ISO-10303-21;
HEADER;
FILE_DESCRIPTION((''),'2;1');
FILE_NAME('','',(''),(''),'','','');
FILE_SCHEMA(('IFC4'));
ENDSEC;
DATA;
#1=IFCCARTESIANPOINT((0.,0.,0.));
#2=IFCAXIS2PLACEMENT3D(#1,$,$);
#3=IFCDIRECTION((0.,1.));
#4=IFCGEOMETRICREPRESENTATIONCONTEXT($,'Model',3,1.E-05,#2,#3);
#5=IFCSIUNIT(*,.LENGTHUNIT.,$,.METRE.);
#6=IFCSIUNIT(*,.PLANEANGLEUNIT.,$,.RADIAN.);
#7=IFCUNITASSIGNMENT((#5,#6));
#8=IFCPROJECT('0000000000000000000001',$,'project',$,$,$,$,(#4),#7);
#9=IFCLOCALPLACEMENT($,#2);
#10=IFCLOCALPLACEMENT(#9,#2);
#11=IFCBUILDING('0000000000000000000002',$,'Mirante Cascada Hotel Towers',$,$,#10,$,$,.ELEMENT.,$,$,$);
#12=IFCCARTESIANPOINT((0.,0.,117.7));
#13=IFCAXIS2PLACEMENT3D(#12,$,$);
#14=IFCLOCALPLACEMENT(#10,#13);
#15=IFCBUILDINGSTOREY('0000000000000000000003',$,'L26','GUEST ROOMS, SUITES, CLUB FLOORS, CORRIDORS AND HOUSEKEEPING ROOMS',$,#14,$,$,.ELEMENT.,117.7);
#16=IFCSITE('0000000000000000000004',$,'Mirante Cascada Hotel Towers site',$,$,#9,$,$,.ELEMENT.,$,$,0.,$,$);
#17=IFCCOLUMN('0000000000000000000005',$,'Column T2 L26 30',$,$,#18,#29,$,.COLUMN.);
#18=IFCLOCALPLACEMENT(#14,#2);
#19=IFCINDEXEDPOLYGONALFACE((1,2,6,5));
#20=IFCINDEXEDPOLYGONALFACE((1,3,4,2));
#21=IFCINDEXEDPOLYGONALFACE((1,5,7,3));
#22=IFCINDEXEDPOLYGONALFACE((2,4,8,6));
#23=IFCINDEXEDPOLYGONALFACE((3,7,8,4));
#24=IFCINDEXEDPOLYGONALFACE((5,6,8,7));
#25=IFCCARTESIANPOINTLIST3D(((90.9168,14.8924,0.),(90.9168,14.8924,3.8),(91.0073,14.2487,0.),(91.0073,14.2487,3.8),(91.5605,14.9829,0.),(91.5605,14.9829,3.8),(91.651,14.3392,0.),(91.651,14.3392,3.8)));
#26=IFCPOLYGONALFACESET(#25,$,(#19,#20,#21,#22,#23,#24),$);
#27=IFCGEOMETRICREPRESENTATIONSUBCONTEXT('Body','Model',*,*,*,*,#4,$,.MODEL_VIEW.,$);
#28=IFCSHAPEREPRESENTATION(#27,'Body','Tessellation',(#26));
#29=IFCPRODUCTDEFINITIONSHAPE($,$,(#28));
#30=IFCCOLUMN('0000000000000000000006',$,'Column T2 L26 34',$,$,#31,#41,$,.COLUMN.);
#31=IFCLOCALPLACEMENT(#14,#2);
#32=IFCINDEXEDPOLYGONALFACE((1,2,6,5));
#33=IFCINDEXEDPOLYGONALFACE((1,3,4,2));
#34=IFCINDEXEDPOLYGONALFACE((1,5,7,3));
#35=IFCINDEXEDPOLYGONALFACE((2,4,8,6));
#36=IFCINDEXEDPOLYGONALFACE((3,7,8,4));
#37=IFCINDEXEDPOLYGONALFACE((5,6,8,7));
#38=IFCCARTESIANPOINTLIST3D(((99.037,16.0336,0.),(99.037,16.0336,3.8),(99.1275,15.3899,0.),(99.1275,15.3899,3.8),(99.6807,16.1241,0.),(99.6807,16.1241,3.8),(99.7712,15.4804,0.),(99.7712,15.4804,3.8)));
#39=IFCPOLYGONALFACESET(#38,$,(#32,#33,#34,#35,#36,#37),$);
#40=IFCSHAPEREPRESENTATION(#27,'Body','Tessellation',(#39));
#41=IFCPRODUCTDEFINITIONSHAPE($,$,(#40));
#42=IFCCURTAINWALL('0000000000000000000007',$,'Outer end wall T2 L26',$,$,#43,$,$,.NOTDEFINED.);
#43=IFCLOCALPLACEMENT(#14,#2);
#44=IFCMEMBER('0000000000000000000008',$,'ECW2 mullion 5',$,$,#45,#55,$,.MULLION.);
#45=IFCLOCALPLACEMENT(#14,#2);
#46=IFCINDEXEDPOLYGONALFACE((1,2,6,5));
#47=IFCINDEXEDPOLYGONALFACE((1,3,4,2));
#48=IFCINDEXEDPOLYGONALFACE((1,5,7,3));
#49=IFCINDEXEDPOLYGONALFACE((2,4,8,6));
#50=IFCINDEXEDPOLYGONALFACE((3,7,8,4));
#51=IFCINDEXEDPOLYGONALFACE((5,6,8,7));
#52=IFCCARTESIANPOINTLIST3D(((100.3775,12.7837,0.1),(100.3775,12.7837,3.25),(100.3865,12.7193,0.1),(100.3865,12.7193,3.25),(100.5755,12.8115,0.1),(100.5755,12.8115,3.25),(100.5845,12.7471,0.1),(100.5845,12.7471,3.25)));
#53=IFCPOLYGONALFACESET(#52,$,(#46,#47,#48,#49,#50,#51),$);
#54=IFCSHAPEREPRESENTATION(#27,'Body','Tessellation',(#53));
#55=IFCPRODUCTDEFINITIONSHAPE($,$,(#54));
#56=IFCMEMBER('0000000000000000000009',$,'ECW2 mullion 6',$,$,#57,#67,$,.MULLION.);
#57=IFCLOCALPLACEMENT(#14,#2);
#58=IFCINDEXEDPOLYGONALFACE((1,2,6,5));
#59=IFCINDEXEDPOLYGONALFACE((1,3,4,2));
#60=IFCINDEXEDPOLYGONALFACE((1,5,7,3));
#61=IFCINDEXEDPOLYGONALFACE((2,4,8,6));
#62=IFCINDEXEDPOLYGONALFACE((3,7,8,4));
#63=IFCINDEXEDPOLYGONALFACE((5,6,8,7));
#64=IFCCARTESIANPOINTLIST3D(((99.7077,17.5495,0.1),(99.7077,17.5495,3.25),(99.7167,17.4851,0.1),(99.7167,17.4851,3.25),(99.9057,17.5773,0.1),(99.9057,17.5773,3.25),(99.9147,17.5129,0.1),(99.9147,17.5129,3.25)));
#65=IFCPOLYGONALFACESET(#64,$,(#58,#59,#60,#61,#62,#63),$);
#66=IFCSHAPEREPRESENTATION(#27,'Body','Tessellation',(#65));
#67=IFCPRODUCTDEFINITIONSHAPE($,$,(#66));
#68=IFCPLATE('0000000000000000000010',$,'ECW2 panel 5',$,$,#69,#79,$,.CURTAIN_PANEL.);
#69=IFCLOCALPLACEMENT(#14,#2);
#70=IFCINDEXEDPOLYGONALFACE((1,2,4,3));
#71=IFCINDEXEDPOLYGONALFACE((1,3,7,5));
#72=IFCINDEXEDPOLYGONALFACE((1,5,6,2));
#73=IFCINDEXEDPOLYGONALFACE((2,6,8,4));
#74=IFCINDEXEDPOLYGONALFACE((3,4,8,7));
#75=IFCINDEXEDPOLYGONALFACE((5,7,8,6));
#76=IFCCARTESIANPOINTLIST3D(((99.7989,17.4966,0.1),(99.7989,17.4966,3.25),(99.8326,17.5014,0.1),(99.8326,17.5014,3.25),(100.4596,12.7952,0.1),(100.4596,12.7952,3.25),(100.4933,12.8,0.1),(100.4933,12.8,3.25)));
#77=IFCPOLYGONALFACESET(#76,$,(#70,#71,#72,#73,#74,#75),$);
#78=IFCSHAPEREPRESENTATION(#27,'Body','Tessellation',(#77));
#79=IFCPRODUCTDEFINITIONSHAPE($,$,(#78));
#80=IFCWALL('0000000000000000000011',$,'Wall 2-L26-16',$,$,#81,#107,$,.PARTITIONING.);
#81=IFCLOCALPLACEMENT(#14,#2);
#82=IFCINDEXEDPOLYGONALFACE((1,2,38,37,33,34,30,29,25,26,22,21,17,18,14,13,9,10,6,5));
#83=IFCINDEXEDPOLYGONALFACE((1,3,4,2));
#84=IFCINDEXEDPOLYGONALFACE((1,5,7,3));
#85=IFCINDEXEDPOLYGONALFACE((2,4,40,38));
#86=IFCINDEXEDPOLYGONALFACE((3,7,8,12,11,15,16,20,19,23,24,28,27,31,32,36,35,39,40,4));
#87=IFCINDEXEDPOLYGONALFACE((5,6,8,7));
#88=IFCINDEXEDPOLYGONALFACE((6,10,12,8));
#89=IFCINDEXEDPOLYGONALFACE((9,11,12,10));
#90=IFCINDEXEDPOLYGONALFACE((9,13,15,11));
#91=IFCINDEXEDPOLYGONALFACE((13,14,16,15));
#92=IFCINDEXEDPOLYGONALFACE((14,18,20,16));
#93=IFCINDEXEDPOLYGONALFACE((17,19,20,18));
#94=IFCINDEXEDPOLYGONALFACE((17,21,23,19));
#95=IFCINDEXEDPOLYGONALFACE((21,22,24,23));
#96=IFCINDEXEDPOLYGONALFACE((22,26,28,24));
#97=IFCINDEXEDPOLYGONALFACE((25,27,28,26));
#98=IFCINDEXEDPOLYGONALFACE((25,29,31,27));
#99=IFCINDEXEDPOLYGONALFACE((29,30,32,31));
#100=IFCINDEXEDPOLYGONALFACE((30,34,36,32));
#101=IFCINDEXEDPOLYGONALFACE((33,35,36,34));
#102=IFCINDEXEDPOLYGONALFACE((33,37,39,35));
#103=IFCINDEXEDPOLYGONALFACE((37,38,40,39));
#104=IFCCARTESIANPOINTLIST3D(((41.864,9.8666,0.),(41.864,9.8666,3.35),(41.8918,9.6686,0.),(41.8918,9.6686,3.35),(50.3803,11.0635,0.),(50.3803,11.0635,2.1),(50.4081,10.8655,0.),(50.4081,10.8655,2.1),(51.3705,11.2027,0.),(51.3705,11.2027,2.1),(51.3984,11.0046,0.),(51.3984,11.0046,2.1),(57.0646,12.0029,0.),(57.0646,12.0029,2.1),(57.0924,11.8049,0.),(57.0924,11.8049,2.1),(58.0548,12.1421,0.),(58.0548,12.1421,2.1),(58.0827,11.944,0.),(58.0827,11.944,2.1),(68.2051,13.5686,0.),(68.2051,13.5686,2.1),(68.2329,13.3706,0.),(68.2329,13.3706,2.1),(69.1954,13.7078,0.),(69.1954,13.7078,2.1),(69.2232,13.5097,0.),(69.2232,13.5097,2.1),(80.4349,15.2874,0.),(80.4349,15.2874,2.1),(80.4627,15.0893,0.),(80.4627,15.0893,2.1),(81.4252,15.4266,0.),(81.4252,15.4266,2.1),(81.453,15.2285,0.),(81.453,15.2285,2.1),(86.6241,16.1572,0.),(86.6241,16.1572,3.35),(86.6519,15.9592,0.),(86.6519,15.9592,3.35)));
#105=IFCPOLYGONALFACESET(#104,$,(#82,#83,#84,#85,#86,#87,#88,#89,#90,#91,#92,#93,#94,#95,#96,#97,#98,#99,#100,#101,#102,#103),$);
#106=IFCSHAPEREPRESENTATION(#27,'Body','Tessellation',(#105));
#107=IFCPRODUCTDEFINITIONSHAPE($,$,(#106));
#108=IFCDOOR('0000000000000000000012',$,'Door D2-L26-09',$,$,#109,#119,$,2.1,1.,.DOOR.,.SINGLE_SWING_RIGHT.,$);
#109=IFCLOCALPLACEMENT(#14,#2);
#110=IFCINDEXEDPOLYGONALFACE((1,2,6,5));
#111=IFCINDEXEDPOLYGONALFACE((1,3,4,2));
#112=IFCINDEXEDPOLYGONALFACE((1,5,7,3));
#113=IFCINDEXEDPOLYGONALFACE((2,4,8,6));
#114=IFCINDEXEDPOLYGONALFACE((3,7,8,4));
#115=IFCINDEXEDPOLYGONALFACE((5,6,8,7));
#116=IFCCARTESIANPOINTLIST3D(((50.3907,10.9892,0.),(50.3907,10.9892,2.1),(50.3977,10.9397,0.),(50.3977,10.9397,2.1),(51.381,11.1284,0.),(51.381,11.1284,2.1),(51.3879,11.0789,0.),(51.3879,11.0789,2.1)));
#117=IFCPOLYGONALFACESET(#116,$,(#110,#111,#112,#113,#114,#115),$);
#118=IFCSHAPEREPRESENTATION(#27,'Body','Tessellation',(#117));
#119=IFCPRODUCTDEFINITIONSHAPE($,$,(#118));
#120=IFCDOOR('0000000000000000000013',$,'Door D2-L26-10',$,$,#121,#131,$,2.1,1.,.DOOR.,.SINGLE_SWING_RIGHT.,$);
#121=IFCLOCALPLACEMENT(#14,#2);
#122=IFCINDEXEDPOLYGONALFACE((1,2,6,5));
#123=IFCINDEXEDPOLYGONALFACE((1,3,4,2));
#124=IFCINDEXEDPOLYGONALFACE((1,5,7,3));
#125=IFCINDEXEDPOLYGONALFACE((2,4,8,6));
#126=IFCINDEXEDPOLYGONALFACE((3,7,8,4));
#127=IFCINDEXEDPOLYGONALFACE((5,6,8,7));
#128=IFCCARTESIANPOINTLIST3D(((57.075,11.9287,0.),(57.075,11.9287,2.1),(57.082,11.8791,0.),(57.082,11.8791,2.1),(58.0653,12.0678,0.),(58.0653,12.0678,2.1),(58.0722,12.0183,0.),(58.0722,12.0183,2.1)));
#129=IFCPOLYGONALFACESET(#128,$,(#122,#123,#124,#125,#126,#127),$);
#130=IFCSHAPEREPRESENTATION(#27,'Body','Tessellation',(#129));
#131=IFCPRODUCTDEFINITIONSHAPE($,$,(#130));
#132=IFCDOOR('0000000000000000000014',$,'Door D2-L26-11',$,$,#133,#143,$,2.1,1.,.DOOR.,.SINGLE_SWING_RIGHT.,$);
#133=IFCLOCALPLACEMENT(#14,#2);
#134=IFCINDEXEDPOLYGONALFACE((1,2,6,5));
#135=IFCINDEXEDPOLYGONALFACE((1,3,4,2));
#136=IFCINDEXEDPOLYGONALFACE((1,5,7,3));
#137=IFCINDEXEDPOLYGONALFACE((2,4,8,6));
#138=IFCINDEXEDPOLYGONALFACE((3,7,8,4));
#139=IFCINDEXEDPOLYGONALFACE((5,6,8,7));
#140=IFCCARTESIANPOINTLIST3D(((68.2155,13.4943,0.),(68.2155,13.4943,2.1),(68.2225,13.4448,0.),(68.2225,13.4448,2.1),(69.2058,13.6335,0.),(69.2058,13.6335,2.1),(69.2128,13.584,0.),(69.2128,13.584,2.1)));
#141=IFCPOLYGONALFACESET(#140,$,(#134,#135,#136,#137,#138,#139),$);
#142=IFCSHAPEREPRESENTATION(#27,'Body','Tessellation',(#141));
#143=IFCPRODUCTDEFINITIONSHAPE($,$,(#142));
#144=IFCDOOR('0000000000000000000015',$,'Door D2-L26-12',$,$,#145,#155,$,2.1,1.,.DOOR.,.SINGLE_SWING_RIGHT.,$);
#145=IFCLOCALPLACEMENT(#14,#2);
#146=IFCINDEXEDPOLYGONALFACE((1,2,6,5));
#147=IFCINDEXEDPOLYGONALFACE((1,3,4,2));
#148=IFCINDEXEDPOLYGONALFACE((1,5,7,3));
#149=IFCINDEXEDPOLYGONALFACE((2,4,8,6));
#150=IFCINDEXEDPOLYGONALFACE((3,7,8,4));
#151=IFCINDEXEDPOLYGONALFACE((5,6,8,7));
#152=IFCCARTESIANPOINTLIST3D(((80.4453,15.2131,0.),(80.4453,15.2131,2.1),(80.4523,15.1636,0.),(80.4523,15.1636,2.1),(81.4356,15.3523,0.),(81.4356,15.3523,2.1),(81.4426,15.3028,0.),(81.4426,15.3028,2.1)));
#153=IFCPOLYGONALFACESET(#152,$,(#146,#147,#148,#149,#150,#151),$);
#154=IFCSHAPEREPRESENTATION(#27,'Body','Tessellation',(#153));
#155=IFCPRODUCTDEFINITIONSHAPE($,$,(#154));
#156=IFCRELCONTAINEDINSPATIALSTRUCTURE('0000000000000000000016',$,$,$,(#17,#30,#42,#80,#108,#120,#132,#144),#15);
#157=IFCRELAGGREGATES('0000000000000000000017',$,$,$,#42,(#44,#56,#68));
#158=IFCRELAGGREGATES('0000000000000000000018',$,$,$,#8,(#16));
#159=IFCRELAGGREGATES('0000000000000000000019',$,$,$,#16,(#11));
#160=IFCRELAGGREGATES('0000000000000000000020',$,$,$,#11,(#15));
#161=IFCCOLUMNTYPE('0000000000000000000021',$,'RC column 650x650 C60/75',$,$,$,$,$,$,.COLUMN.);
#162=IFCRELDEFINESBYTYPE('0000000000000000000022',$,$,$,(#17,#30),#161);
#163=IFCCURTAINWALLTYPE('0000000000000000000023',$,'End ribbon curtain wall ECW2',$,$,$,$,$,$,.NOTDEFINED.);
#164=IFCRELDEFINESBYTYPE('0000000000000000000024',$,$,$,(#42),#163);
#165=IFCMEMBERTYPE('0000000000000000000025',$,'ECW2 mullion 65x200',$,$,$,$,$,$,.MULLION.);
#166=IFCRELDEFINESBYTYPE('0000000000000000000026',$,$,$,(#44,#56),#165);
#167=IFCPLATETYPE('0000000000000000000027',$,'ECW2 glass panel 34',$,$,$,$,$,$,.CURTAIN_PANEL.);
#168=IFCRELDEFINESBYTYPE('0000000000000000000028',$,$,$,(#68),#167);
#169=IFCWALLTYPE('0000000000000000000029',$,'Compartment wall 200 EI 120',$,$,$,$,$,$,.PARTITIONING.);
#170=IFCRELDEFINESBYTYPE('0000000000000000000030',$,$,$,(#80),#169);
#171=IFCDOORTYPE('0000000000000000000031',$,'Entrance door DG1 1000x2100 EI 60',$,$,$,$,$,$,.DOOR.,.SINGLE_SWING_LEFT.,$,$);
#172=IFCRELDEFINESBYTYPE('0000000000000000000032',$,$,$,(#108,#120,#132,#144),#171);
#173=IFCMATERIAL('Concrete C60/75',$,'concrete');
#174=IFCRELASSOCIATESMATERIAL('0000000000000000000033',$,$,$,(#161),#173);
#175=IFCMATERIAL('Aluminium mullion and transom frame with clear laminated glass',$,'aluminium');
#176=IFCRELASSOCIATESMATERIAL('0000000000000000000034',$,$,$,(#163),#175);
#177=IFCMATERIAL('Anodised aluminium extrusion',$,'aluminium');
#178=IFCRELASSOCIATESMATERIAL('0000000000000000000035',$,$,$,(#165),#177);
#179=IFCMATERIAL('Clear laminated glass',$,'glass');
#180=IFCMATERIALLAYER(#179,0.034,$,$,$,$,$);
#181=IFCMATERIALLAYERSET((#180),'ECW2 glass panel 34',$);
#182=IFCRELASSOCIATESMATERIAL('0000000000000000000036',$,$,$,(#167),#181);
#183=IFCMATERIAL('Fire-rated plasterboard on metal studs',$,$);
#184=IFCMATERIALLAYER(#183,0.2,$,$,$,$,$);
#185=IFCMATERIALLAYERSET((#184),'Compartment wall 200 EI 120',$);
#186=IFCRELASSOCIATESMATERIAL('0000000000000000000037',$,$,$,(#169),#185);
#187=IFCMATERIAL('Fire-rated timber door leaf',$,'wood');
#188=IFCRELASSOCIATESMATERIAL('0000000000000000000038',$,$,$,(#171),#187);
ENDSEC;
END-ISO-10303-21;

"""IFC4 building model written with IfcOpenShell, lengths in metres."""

from ifc_helpers import new_model, si_unit, direction, frame, frame_2d, origin, origin_2d, place, context, subcontext, project, spatial, rectangle, extrude, material, layer, layer_set, material_profile, profile_set, type_object, element, fill, aggregate, save


model = new_model("IFC4")

# Units and contexts
model_context = context("Model", 3, precision=1e-05, world=origin(), true_north=direction((0.0, 1.0)))
body_context = subcontext(model_context, "Body", "Model", "MODEL_VIEW")
ifc_project = project(units=[si_unit("LENGTHUNIT", "METRE"), si_unit("PLANEANGLEUNIT", "RADIAN")], contexts=[model_context])

# Site, building, storey
site_placement = place(None, origin())
site = spatial("IfcSite", under=ifc_project, at=site_placement, Name="Mirante Cascada Hotel Towers site", CompositionType="ELEMENT", RefElevation=0.0)
building_placement = place(site_placement, origin())
building = spatial("IfcBuilding", under=site, at=building_placement, Name="Mirante Cascada Hotel Towers", CompositionType="ELEMENT")
storey_placement = place(building_placement, frame((0.0, 0.0, 117.7)))
storey = spatial("IfcBuildingStorey", under=building, at=storey_placement, Name="L26", Description="GUEST ROOMS, SUITES, CLUB FLOORS, CORRIDORS AND HOUSEKEEPING ROOMS", CompositionType="ELEMENT", Elevation=117.7)

# Columns
ifc_material_1 = material(Name="Concrete C60/75", Category="concrete")
ifc_material_profile_1 = material_profile(ifc_material_1, rectangle(XDim=0.65, YDim=0.65, at=origin_2d()), Name="RC column 650x650 C60/75")
ifc_profile_set_1 = profile_set([ifc_material_profile_1], Name="Concrete C60/75")
column_type = type_object("IfcColumnType", Name="RC column 650x650 C60/75", PredefinedType="COLUMN", material=ifc_profile_set_1)
for number, where, z_axis, x_axis, name in (
    (1, (91.2839, 14.6158, 0.0), (0.0, 0.0, 1.0), (0.990268, 0.139173, 0.0), "Column T2 L26 30"),
    (2, (99.4041, 15.757, 0.0), (0.0, 0.0, 1.0), (0.990268, 0.139173, 0.0), "Column T2 L26 34"),
):
    element("IfcColumn", number, at=place(storey_placement, frame(where, z_axis=z_axis, x_axis=x_axis)), inside=storey, type_object=column_type, Name=name, PredefinedType="COLUMN", context=body_context, shape_type="SweptSolid", body=[
        extrude(rectangle(XDim=0.65, YDim=0.65, at=origin_2d()), origin(), (0.0, 0.0, 1.0), 3.8),
    ])

# Curtain wall, members, plate
ifc_material_2 = material(Name="Aluminium mullion and transom frame with clear laminated glass", Category="aluminium")
curtain_wall_type = type_object("IfcCurtainWallType", Name="End ribbon curtain wall ECW2", PredefinedType="NOTDEFINED", material=ifc_material_2)
curtain_wall_placement = place(storey_placement, origin())
curtain_wall = element("IfcCurtainWall", 3, at=curtain_wall_placement, inside=storey, type_object=curtain_wall_type, Name="Outer end wall T2 L26", PredefinedType="NOTDEFINED")
ifc_material_3 = material(Name="Anodised aluminium extrusion", Category="aluminium")
ifc_material_profile_2 = material_profile(ifc_material_3, rectangle(XDim=0.2, YDim=0.065, at=origin_2d()), Name="ECW2 MULLION 65x200")
ifc_profile_set_2 = profile_set([ifc_material_profile_2], Name="Anodised aluminium extrusion")
member_type = type_object("IfcMemberType", Name="ECW2 mullion 65x200", PredefinedType="MULLION", material=ifc_profile_set_2)
member_1_placement = place(storey_placement, frame((100.481, 12.7654, 0.1), z_axis=(0.0, 0.0, 1.0), x_axis=(-0.990268, -0.139173, 0.0)))
member_1 = element("IfcMember", 4, at=member_1_placement, type_object=member_type, Name="ECW2 mullion 5", PredefinedType="MULLION", context=body_context, shape_type="SweptSolid", body=[
    extrude(rectangle(XDim=0.2, YDim=0.065, at=origin_2d()), origin(), (0.0, 0.0, 1.0), 3.15),
])
member_2_placement = place(storey_placement, frame((99.8112, 17.5312, 0.1), z_axis=(0.0, 0.0, 1.0), x_axis=(-0.990268, -0.139173, 0.0)))
member_2 = element("IfcMember", 5, at=member_2_placement, type_object=member_type, Name="ECW2 mullion 6", PredefinedType="MULLION", context=body_context, shape_type="SweptSolid", body=[
    extrude(rectangle(XDim=0.2, YDim=0.065, at=origin_2d()), origin(), (0.0, 0.0, 1.0), 3.15),
])
ifc_material_4 = material(Name="Clear laminated glass", Category="glass")
ifc_layer_1 = layer(ifc_material_4, 0.034)
ifc_layer_set_1 = layer_set([ifc_layer_1], Name="ECW2 glass panel 34")
plate_type = type_object("IfcPlateType", Name="ECW2 glass panel 34", PredefinedType="CURTAIN_PANEL", material=ifc_layer_set_1)
plate_placement = place(storey_placement, frame((100.1461, 15.1483, 0.1), z_axis=(0.0, 0.0, 1.0), x_axis=(-0.139173, 0.990268, 0.0)))
plate = element("IfcPlate", 6, at=plate_placement, type_object=plate_type, Name="ECW2 panel 5", PredefinedType="CURTAIN_PANEL", context=body_context, shape_type="SweptSolid", body=[
    extrude(rectangle(XDim=4.7476, YDim=0.034, at=origin_2d()), origin(), (0.0, 0.0, 1.0), 3.15),
])
aggregate(curtain_wall, [member_1, member_2, plate])

# Wall, openings, doors
ifc_material_5 = material(Name="Fire-rated plasterboard on metal studs")
ifc_layer_2 = layer(ifc_material_5, 0.2)
ifc_layer_set_2 = layer_set([ifc_layer_2], Name="Compartment wall 200 EI 120")
wall_type_1 = type_object("IfcWallType", Name="Compartment wall 200 EI 120", PredefinedType="PARTITIONING", material=ifc_layer_set_2)
wall_1_placement = place(storey_placement, frame((86.638, 16.0582, 0.0), z_axis=(0.0, 0.0, 1.0), x_axis=(-0.990268, -0.139173, 0.0)))
wall_1 = element("IfcWall", 7, at=wall_1_placement, inside=storey, type_object=wall_type_1, Name="Wall 2-L26-16", PredefinedType="PARTITIONING", context=body_context, shape_type="SweptSolid", body=[
    extrude(rectangle(XDim=45.2, YDim=0.2, at=frame_2d((22.6, 0.0))), origin(), (0.0, 0.0, 1.0), 3.35),
])
opening_1_placement = place(wall_1_placement, frame((35.6, 0.0, 0.0)))
opening_1 = element("IfcOpeningElement", 8, at=opening_1_placement, cuts=wall_1, PredefinedType="OPENING", context=body_context, shape_type="SweptSolid", body=[
    extrude(rectangle(XDim=1.0, YDim=2.1, at=frame_2d((0.5, 1.05))), frame((0.0, 0.1, 0.0), z_axis=(0.0, -1.0, 0.0), x_axis=(1.0, 0.0, 0.0)), (0.0, 0.0, 1.0), 0.2),
])
opening_2_placement = place(wall_1_placement, frame((28.85, 0.0, 0.0)))
opening_2 = element("IfcOpeningElement", 9, at=opening_2_placement, cuts=wall_1, PredefinedType="OPENING", context=body_context, shape_type="SweptSolid", body=[
    extrude(rectangle(XDim=1.0, YDim=2.1, at=frame_2d((0.5, 1.05))), frame((0.0, 0.1, 0.0), z_axis=(0.0, -1.0, 0.0), x_axis=(1.0, 0.0, 0.0)), (0.0, 0.0, 1.0), 0.2),
])
opening_3_placement = place(wall_1_placement, frame((17.6, 0.0, 0.0)))
opening_3 = element("IfcOpeningElement", 10, at=opening_3_placement, cuts=wall_1, PredefinedType="OPENING", context=body_context, shape_type="SweptSolid", body=[
    extrude(rectangle(XDim=1.0, YDim=2.1, at=frame_2d((0.5, 1.05))), frame((0.0, 0.1, 0.0), z_axis=(0.0, -1.0, 0.0), x_axis=(1.0, 0.0, 0.0)), (0.0, 0.0, 1.0), 0.2),
])
opening_4_placement = place(wall_1_placement, frame((5.25, 0.0, 0.0)))
opening_4 = element("IfcOpeningElement", 11, at=opening_4_placement, cuts=wall_1, PredefinedType="OPENING", context=body_context, shape_type="SweptSolid", body=[
    extrude(rectangle(XDim=1.0, YDim=2.1, at=frame_2d((0.5, 1.05))), frame((0.0, 0.1, 0.0), z_axis=(0.0, -1.0, 0.0), x_axis=(1.0, 0.0, 0.0)), (0.0, 0.0, 1.0), 0.2),
])
ifc_material_6 = material(Name="Fire-rated timber door leaf", Category="wood")
door_type_1 = type_object("IfcDoorType", Name="Entrance door DG1 1000x2100 EI 60", OperationType="SINGLE_SWING_LEFT", PredefinedType="DOOR", material=ifc_material_6)
door_1_placement = place(opening_1_placement, frame((1.0, 0.0, 0.0), z_axis=(0.0, 0.0, 1.0), x_axis=(-1.0, 0.0, 0.0)))
door_1 = element("IfcDoor", 12, at=door_1_placement, inside=storey, type_object=door_type_1, Name="Door D2-L26-09", OperationType="SINGLE_SWING_RIGHT", OverallHeight=2.1, OverallWidth=1.0, PredefinedType="DOOR", context=body_context, shape_type="SweptSolid", body=[
    extrude(rectangle(XDim=1.0, YDim=2.1, at=frame_2d((0.5, 1.05))), frame((0.0, 0.025, 0.0), z_axis=(0.0, -1.0, 0.0), x_axis=(1.0, 0.0, 0.0)), (0.0, 0.0, 1.0), 0.05),
])
fill(opening_1, door_1)
door_2_placement = place(opening_2_placement, frame((1.0, 0.0, 0.0), z_axis=(0.0, 0.0, 1.0), x_axis=(-1.0, 0.0, 0.0)))
door_2 = element("IfcDoor", 13, at=door_2_placement, inside=storey, type_object=door_type_1, Name="Door D2-L26-10", OperationType="SINGLE_SWING_RIGHT", OverallHeight=2.1, OverallWidth=1.0, PredefinedType="DOOR", context=body_context, shape_type="SweptSolid", body=[
    extrude(rectangle(XDim=1.0, YDim=2.1, at=frame_2d((0.5, 1.05))), frame((0.0, 0.025, 0.0), z_axis=(0.0, -1.0, 0.0), x_axis=(1.0, 0.0, 0.0)), (0.0, 0.0, 1.0), 0.05),
])
fill(opening_2, door_2)
door_3_placement = place(opening_3_placement, frame((1.0, 0.0, 0.0), z_axis=(0.0, 0.0, 1.0), x_axis=(-1.0, 0.0, 0.0)))
door_3 = element("IfcDoor", 14, at=door_3_placement, inside=storey, type_object=door_type_1, Name="Door D2-L26-11", OperationType="SINGLE_SWING_RIGHT", OverallHeight=2.1, OverallWidth=1.0, PredefinedType="DOOR", context=body_context, shape_type="SweptSolid", body=[
    extrude(rectangle(XDim=1.0, YDim=2.1, at=frame_2d((0.5, 1.05))), frame((0.0, 0.025, 0.0), z_axis=(0.0, -1.0, 0.0), x_axis=(1.0, 0.0, 0.0)), (0.0, 0.0, 1.0), 0.05),
])
fill(opening_3, door_3)
door_4_placement = place(opening_4_placement, frame((1.0, 0.0, 0.0), z_axis=(0.0, 0.0, 1.0), x_axis=(-1.0, 0.0, 0.0)))
door_4 = element("IfcDoor", 15, at=door_4_placement, inside=storey, type_object=door_type_1, Name="Door D2-L26-12", OperationType="SINGLE_SWING_RIGHT", OverallHeight=2.1, OverallWidth=1.0, PredefinedType="DOOR", context=body_context, shape_type="SweptSolid", body=[
    extrude(rectangle(XDim=1.0, YDim=2.1, at=frame_2d((0.5, 1.05))), frame((0.0, 0.025, 0.0), z_axis=(0.0, -1.0, 0.0), x_axis=(1.0, 0.0, 0.0)), (0.0, 0.0, 1.0), 0.05),
])
fill(opening_4, door_4)

save(model, "model.ifc")
